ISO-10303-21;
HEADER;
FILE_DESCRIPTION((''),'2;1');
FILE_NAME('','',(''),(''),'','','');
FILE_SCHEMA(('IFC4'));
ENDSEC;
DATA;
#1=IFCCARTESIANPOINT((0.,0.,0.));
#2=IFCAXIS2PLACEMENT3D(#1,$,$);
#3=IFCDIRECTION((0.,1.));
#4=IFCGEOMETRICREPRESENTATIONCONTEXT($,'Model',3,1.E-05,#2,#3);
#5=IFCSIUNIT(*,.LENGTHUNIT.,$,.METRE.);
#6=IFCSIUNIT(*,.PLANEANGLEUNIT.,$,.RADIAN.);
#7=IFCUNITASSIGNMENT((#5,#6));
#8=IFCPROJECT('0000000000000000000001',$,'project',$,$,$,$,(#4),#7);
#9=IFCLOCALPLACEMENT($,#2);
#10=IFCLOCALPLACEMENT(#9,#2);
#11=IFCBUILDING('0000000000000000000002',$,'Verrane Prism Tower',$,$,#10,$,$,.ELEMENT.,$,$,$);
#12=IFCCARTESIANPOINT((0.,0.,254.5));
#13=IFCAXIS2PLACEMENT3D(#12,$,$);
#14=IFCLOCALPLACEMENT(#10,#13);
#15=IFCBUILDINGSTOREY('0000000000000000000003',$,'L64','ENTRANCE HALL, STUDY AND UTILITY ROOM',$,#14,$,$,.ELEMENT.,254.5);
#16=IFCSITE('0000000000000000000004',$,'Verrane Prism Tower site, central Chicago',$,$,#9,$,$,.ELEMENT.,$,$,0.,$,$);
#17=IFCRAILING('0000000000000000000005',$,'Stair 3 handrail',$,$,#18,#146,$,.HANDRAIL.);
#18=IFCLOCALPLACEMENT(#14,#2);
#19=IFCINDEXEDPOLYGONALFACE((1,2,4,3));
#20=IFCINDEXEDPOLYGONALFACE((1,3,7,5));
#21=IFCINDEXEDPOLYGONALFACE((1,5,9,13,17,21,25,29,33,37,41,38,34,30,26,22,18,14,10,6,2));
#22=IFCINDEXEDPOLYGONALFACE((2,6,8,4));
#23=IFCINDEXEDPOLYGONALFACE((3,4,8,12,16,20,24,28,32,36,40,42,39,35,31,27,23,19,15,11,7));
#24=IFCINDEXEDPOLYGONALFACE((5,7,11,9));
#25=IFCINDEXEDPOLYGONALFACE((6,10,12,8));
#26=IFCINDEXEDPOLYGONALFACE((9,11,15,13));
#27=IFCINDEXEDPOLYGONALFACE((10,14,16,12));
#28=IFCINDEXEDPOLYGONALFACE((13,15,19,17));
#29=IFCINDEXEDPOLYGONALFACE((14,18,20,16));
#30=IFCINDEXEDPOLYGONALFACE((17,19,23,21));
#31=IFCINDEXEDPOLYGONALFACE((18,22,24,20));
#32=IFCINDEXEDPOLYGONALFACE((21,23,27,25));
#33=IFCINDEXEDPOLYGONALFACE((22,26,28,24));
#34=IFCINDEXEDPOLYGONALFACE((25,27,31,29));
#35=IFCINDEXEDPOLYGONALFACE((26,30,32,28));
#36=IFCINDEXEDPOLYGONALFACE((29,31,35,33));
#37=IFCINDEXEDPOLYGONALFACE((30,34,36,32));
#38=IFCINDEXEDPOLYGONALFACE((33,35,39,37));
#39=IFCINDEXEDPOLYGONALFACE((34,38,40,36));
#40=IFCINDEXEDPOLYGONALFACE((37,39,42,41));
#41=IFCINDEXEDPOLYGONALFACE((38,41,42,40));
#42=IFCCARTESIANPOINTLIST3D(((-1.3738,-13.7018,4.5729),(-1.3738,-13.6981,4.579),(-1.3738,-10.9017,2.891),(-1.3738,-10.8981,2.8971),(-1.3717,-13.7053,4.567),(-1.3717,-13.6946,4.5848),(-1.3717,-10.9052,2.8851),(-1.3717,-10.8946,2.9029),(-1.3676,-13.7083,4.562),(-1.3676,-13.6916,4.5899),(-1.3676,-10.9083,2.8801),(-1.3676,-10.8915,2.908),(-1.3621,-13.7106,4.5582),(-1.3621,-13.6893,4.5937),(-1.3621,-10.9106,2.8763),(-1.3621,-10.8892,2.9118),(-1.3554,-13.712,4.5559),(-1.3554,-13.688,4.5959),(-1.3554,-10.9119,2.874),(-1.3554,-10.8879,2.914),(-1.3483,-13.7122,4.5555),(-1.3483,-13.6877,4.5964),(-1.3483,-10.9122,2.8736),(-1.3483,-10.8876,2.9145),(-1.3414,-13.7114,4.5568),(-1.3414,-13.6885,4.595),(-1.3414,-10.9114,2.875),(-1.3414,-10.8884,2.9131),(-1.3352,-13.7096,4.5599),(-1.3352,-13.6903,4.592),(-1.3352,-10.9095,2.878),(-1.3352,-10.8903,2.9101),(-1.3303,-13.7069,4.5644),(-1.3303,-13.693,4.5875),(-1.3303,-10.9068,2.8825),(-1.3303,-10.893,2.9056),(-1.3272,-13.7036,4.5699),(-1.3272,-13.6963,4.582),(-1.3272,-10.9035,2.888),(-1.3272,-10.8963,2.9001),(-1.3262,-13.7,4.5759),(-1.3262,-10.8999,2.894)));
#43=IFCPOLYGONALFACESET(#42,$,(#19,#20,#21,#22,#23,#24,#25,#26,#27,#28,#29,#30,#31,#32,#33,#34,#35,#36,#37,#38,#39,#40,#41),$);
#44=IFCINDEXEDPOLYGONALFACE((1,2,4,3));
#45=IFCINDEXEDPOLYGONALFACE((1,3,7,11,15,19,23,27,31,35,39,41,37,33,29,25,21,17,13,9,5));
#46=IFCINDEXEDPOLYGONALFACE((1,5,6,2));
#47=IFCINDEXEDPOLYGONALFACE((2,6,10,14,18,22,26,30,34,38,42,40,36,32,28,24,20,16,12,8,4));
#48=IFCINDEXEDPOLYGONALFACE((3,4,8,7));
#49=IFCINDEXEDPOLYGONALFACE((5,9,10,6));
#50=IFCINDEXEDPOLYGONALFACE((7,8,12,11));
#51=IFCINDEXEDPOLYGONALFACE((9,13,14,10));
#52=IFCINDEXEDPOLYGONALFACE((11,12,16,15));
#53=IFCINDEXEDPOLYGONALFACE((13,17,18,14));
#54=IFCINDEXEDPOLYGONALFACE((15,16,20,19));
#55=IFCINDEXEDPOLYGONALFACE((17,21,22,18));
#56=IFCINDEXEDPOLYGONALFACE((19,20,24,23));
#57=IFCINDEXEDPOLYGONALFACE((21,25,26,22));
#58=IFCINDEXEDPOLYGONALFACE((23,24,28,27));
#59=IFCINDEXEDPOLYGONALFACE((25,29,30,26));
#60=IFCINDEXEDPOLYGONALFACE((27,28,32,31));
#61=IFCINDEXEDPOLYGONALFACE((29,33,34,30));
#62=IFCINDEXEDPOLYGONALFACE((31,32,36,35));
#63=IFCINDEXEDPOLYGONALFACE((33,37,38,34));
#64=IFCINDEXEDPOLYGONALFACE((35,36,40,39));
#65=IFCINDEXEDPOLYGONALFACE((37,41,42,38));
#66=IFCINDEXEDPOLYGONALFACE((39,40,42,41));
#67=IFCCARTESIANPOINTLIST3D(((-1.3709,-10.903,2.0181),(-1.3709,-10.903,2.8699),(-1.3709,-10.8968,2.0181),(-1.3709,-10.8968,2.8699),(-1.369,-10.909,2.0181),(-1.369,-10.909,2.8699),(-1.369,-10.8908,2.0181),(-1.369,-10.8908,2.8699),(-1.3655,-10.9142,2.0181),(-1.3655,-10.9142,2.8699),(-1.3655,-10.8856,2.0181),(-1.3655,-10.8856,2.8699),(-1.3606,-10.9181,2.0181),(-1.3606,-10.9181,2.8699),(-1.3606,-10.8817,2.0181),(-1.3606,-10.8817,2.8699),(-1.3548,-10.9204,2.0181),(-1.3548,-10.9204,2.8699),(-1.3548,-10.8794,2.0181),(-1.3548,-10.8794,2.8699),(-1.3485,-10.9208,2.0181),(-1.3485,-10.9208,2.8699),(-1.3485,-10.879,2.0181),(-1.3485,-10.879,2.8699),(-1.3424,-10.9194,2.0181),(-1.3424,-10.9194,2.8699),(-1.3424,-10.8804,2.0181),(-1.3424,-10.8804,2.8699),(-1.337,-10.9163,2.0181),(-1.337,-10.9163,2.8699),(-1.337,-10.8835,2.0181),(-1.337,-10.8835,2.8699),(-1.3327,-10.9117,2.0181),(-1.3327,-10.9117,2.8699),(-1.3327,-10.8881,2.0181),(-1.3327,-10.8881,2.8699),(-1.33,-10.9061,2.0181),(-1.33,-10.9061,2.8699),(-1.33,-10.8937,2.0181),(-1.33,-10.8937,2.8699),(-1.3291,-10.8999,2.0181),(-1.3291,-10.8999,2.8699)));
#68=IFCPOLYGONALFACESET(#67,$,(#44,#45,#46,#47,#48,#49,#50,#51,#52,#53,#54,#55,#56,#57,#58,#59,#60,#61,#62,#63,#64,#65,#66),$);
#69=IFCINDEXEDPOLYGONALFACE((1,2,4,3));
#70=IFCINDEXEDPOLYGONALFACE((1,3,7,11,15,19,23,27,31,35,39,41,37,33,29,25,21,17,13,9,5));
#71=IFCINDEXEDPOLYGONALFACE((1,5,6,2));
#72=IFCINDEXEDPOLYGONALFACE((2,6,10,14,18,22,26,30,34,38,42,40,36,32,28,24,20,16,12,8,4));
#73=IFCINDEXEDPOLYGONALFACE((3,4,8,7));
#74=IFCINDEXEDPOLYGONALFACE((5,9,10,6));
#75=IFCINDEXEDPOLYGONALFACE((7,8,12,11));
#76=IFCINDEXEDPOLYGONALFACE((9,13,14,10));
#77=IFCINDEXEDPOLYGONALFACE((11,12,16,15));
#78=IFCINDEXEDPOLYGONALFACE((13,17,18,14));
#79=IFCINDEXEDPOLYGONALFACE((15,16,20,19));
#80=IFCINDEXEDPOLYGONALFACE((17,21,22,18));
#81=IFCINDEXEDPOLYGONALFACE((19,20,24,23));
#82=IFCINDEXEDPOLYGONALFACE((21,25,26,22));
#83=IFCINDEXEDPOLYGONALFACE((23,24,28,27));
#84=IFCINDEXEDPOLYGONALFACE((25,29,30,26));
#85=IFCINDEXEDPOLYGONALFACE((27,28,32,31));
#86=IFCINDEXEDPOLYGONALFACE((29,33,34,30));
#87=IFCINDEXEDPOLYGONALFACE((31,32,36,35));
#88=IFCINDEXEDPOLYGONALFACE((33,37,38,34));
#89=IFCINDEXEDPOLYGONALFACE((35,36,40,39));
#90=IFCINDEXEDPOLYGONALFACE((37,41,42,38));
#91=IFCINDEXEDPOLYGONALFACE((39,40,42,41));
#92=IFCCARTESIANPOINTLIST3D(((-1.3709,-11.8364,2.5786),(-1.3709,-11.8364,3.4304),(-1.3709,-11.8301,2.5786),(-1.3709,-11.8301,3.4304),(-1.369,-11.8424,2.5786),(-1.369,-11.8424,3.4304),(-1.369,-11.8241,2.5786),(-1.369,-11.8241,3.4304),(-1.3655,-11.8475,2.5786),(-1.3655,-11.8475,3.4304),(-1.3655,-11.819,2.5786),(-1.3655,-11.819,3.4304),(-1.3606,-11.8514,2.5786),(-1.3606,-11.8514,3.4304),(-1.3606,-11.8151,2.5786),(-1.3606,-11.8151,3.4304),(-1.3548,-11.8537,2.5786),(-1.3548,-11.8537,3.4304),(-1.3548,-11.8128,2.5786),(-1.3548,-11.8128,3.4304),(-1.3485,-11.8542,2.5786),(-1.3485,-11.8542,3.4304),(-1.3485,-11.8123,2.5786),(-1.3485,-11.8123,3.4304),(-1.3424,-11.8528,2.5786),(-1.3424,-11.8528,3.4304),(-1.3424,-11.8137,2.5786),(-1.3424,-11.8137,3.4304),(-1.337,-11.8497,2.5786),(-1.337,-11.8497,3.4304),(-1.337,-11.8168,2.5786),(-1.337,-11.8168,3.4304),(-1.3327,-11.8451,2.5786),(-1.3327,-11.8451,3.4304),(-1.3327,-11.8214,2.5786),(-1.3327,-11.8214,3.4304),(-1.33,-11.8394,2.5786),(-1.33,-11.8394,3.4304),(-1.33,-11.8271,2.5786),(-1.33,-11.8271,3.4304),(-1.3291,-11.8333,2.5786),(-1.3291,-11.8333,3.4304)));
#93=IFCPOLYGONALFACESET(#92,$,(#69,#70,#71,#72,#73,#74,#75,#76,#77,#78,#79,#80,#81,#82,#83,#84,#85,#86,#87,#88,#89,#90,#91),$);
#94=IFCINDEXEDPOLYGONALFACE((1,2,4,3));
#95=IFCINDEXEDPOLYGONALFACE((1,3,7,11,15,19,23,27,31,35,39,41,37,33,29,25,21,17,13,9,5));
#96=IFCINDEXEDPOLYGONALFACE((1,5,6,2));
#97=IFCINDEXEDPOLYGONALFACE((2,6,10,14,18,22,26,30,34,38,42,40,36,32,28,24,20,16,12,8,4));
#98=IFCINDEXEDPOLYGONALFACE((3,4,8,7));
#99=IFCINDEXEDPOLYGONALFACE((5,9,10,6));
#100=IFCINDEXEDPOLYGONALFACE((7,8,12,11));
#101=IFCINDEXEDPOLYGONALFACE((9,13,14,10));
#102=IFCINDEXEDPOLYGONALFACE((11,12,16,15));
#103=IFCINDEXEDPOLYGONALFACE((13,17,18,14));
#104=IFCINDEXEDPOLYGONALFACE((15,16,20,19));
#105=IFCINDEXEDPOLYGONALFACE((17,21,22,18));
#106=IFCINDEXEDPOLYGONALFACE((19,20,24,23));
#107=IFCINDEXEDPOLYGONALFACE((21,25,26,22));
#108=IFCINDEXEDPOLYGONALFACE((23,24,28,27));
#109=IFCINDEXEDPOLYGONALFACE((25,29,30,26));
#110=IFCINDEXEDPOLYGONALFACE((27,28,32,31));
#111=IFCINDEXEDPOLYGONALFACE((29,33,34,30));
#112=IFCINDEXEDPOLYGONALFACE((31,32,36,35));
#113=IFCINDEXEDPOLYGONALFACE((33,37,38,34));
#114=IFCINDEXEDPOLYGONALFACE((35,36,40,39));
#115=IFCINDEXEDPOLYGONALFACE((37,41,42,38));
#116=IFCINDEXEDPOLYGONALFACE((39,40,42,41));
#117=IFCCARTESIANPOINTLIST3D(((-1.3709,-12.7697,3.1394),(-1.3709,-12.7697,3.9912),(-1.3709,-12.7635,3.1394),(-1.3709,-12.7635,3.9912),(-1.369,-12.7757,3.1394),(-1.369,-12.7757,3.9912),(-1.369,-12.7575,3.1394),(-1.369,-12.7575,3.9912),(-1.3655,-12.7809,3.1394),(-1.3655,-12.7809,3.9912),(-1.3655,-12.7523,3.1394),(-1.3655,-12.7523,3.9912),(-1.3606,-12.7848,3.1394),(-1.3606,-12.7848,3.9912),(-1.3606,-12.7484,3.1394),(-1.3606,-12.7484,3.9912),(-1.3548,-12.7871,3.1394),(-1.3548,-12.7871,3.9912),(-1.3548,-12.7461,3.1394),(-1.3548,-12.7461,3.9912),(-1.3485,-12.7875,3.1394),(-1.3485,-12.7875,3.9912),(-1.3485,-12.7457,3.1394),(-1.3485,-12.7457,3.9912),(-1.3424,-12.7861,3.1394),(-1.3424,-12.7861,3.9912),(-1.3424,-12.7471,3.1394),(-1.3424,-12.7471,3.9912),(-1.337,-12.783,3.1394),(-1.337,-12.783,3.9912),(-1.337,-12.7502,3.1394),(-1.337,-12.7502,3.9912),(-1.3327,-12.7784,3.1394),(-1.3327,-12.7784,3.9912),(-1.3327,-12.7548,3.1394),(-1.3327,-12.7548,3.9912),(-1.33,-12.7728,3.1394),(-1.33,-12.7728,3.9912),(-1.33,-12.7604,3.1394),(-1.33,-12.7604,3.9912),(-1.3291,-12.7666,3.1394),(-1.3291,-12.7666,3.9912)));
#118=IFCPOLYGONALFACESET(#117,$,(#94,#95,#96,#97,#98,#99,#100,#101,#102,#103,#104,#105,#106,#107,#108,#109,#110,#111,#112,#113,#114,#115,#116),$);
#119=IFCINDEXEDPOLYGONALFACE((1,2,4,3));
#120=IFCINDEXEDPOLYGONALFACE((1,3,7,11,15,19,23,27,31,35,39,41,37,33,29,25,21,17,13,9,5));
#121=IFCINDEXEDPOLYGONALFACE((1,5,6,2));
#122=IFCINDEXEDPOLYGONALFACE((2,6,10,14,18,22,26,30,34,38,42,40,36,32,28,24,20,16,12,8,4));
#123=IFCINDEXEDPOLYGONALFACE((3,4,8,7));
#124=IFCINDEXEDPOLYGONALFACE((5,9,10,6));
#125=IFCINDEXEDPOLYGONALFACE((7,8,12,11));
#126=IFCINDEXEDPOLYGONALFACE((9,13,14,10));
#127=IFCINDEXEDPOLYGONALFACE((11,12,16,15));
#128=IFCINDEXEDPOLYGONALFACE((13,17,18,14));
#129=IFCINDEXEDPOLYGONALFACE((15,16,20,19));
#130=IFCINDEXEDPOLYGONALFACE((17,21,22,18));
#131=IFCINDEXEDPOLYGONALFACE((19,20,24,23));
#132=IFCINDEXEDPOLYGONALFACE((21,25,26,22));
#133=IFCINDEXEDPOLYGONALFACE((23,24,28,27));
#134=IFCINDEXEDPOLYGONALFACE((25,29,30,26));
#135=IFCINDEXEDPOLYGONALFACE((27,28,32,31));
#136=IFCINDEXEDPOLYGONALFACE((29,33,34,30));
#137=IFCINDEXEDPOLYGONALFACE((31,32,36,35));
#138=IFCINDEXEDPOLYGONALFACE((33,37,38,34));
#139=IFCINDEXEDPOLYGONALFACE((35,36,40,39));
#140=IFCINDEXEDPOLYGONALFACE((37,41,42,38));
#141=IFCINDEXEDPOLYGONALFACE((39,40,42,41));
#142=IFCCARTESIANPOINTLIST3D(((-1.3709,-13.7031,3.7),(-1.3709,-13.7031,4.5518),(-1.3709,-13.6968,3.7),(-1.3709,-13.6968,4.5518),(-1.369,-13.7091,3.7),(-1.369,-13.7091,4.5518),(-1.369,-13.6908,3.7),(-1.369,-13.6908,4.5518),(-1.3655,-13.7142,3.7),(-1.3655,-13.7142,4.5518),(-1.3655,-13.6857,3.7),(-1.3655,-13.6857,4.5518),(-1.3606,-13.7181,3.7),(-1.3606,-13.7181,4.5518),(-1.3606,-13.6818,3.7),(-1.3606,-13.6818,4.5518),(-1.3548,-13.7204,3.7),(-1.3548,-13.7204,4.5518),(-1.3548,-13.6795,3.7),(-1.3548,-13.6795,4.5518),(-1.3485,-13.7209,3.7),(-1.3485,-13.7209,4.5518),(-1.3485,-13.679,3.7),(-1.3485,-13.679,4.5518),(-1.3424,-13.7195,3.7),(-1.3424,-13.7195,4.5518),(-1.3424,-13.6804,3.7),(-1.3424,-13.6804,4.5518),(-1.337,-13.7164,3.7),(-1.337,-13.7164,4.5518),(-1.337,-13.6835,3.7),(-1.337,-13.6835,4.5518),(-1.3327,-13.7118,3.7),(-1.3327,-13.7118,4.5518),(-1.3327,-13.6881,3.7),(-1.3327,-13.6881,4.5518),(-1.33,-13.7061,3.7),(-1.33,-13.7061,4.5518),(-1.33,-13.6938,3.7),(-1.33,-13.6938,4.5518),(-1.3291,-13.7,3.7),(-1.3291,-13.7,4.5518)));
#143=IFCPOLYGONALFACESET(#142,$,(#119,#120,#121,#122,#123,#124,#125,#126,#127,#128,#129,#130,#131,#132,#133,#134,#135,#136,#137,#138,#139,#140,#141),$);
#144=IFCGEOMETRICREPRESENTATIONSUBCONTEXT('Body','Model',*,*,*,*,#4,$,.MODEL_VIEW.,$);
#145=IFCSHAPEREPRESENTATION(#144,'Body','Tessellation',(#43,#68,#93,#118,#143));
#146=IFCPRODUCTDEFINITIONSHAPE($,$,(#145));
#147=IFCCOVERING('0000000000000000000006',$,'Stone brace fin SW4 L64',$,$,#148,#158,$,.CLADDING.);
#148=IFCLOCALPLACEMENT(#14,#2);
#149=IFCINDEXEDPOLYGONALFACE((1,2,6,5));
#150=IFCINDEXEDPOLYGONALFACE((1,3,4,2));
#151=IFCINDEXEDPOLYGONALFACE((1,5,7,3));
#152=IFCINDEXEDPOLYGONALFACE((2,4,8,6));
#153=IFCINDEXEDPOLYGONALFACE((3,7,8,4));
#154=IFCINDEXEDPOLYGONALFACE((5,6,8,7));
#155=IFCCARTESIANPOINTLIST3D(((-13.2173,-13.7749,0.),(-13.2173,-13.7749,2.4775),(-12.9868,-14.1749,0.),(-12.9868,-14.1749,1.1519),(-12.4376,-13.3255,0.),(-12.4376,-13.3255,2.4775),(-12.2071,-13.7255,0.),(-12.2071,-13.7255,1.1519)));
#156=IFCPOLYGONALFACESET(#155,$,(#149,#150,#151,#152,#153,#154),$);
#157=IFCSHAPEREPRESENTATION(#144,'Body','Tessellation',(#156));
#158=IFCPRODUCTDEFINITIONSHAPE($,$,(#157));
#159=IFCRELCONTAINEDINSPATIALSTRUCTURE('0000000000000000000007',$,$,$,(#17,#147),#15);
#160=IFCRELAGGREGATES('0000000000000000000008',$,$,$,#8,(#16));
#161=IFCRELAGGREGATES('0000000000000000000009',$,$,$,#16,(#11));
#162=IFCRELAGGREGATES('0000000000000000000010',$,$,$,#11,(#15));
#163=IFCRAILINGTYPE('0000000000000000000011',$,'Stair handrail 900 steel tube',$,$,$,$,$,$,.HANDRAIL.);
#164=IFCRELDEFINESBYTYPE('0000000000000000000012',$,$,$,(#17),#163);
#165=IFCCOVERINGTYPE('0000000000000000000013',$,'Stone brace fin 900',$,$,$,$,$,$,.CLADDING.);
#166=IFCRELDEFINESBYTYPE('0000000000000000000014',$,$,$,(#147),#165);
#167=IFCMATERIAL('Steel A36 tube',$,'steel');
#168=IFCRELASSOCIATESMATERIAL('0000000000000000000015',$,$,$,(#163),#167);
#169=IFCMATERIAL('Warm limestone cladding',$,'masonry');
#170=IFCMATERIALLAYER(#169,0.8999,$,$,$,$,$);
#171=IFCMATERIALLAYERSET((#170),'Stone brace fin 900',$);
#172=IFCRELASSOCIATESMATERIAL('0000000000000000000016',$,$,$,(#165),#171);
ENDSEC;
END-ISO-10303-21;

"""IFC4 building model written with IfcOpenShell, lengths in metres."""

from ifc_helpers import new_model, si_unit, direction, frame, origin, origin_2d, place, context, subcontext, project, spatial, polyline, circle, outline, extrude, material, layer, layer_set, type_object, element, save


model = new_model("IFC4")

# Units and contexts
model_context = context("Model", 3, precision=1e-05, world=origin(), true_north=direction((0.0, 1.0)))
body_context = subcontext(model_context, "Body", "Model", "MODEL_VIEW")
ifc_project = project(units=[si_unit("LENGTHUNIT", "METRE"), si_unit("PLANEANGLEUNIT", "RADIAN")], contexts=[model_context])

# Site, building, storey
site_placement = place(None, origin())
site = spatial("IfcSite", under=ifc_project, at=site_placement, Name="Verrane Prism Tower site, central Chicago", CompositionType="ELEMENT", RefElevation=0.0)
building_placement = place(site_placement, origin())
building = spatial("IfcBuilding", under=site, at=building_placement, Name="Verrane Prism Tower", CompositionType="ELEMENT")
storey_placement = place(building_placement, frame((0.0, 0.0, 254.5)))
storey = spatial("IfcBuildingStorey", under=building, at=storey_placement, Name="L64", Description="ENTRANCE HALL, STUDY AND UTILITY ROOM", CompositionType="ELEMENT", Elevation=254.5)

# Railing
ifc_material_1 = material(Name="Steel A36 tube", Category="steel")
railing_type = type_object("IfcRailingType", Name="Stair handrail 900 steel tube", PredefinedType="HANDRAIL", material=ifc_material_1)
railing_placement = place(storey_placement, frame((-1.3501, -10.8999, 2.0181)))
element("IfcRailing", 1, at=railing_placement, inside=storey, type_object=railing_type, Name="Stair 3 handrail", PredefinedType="HANDRAIL", context=body_context, shape_type="SweptSolid", body=[
    extrude(circle(Radius=0.0239, at=origin_2d()), frame((0.0, 0.0, 0.876), z_axis=(0.0, -0.857242, 0.514913), x_axis=(1.0, 0.0, 0.0)), (0.0, 0.0, 1.0), 3.2664),
    extrude(circle(Radius=0.021, at=origin_2d()), origin(), (0.0, 0.0, 1.0), 0.8518),
    extrude(circle(Radius=0.021, at=origin_2d()), frame((0.0, -0.9333, 0.5605)), (0.0, 0.0, 1.0), 0.8518),
    extrude(circle(Radius=0.021, at=origin_2d()), frame((0.0, -1.8667, 1.1213)), (0.0, 0.0, 1.0), 0.8518),
    extrude(circle(Radius=0.021, at=origin_2d()), frame((0.0, -2.8, 1.6819)), (0.0, 0.0, 1.0), 0.8518),
])

# Covering
ifc_material_2 = material(Name="Warm limestone cladding", Category="masonry")
ifc_layer_1 = layer(ifc_material_2, 0.8999)
ifc_layer_set_1 = layer_set([ifc_layer_1], Name="Stone brace fin 900")
covering_type = type_object("IfcCoveringType", Name="Stone brace fin 900", PredefinedType="CLADDING", material=ifc_layer_set_1)
covering_placement = place(storey_placement, frame((-12.5969, -13.9502, 0.0), z_axis=(0.0, 0.0, 1.0), x_axis=(-0.499326, 0.866414, 0.0)))
element("IfcCovering", 2, at=covering_placement, inside=storey, type_object=covering_type, Name="Stone brace fin SW4 L64", PredefinedType="CLADDING", context=body_context, shape_type="SweptSolid", body=[
    extrude(outline(polyline([(0.0, 0.0), (0.4617, 0.0), (0.4617, 2.4775), (0.0, 1.1519), (0.0, 0.0)])), frame((0.0, 0.45, 0.0), z_axis=(0.0, -1.0, 0.0), x_axis=(1.0, 0.0, 0.0)), (0.0, 0.0, 1.0), 0.8999),
])

save(model, "model.ifc")
